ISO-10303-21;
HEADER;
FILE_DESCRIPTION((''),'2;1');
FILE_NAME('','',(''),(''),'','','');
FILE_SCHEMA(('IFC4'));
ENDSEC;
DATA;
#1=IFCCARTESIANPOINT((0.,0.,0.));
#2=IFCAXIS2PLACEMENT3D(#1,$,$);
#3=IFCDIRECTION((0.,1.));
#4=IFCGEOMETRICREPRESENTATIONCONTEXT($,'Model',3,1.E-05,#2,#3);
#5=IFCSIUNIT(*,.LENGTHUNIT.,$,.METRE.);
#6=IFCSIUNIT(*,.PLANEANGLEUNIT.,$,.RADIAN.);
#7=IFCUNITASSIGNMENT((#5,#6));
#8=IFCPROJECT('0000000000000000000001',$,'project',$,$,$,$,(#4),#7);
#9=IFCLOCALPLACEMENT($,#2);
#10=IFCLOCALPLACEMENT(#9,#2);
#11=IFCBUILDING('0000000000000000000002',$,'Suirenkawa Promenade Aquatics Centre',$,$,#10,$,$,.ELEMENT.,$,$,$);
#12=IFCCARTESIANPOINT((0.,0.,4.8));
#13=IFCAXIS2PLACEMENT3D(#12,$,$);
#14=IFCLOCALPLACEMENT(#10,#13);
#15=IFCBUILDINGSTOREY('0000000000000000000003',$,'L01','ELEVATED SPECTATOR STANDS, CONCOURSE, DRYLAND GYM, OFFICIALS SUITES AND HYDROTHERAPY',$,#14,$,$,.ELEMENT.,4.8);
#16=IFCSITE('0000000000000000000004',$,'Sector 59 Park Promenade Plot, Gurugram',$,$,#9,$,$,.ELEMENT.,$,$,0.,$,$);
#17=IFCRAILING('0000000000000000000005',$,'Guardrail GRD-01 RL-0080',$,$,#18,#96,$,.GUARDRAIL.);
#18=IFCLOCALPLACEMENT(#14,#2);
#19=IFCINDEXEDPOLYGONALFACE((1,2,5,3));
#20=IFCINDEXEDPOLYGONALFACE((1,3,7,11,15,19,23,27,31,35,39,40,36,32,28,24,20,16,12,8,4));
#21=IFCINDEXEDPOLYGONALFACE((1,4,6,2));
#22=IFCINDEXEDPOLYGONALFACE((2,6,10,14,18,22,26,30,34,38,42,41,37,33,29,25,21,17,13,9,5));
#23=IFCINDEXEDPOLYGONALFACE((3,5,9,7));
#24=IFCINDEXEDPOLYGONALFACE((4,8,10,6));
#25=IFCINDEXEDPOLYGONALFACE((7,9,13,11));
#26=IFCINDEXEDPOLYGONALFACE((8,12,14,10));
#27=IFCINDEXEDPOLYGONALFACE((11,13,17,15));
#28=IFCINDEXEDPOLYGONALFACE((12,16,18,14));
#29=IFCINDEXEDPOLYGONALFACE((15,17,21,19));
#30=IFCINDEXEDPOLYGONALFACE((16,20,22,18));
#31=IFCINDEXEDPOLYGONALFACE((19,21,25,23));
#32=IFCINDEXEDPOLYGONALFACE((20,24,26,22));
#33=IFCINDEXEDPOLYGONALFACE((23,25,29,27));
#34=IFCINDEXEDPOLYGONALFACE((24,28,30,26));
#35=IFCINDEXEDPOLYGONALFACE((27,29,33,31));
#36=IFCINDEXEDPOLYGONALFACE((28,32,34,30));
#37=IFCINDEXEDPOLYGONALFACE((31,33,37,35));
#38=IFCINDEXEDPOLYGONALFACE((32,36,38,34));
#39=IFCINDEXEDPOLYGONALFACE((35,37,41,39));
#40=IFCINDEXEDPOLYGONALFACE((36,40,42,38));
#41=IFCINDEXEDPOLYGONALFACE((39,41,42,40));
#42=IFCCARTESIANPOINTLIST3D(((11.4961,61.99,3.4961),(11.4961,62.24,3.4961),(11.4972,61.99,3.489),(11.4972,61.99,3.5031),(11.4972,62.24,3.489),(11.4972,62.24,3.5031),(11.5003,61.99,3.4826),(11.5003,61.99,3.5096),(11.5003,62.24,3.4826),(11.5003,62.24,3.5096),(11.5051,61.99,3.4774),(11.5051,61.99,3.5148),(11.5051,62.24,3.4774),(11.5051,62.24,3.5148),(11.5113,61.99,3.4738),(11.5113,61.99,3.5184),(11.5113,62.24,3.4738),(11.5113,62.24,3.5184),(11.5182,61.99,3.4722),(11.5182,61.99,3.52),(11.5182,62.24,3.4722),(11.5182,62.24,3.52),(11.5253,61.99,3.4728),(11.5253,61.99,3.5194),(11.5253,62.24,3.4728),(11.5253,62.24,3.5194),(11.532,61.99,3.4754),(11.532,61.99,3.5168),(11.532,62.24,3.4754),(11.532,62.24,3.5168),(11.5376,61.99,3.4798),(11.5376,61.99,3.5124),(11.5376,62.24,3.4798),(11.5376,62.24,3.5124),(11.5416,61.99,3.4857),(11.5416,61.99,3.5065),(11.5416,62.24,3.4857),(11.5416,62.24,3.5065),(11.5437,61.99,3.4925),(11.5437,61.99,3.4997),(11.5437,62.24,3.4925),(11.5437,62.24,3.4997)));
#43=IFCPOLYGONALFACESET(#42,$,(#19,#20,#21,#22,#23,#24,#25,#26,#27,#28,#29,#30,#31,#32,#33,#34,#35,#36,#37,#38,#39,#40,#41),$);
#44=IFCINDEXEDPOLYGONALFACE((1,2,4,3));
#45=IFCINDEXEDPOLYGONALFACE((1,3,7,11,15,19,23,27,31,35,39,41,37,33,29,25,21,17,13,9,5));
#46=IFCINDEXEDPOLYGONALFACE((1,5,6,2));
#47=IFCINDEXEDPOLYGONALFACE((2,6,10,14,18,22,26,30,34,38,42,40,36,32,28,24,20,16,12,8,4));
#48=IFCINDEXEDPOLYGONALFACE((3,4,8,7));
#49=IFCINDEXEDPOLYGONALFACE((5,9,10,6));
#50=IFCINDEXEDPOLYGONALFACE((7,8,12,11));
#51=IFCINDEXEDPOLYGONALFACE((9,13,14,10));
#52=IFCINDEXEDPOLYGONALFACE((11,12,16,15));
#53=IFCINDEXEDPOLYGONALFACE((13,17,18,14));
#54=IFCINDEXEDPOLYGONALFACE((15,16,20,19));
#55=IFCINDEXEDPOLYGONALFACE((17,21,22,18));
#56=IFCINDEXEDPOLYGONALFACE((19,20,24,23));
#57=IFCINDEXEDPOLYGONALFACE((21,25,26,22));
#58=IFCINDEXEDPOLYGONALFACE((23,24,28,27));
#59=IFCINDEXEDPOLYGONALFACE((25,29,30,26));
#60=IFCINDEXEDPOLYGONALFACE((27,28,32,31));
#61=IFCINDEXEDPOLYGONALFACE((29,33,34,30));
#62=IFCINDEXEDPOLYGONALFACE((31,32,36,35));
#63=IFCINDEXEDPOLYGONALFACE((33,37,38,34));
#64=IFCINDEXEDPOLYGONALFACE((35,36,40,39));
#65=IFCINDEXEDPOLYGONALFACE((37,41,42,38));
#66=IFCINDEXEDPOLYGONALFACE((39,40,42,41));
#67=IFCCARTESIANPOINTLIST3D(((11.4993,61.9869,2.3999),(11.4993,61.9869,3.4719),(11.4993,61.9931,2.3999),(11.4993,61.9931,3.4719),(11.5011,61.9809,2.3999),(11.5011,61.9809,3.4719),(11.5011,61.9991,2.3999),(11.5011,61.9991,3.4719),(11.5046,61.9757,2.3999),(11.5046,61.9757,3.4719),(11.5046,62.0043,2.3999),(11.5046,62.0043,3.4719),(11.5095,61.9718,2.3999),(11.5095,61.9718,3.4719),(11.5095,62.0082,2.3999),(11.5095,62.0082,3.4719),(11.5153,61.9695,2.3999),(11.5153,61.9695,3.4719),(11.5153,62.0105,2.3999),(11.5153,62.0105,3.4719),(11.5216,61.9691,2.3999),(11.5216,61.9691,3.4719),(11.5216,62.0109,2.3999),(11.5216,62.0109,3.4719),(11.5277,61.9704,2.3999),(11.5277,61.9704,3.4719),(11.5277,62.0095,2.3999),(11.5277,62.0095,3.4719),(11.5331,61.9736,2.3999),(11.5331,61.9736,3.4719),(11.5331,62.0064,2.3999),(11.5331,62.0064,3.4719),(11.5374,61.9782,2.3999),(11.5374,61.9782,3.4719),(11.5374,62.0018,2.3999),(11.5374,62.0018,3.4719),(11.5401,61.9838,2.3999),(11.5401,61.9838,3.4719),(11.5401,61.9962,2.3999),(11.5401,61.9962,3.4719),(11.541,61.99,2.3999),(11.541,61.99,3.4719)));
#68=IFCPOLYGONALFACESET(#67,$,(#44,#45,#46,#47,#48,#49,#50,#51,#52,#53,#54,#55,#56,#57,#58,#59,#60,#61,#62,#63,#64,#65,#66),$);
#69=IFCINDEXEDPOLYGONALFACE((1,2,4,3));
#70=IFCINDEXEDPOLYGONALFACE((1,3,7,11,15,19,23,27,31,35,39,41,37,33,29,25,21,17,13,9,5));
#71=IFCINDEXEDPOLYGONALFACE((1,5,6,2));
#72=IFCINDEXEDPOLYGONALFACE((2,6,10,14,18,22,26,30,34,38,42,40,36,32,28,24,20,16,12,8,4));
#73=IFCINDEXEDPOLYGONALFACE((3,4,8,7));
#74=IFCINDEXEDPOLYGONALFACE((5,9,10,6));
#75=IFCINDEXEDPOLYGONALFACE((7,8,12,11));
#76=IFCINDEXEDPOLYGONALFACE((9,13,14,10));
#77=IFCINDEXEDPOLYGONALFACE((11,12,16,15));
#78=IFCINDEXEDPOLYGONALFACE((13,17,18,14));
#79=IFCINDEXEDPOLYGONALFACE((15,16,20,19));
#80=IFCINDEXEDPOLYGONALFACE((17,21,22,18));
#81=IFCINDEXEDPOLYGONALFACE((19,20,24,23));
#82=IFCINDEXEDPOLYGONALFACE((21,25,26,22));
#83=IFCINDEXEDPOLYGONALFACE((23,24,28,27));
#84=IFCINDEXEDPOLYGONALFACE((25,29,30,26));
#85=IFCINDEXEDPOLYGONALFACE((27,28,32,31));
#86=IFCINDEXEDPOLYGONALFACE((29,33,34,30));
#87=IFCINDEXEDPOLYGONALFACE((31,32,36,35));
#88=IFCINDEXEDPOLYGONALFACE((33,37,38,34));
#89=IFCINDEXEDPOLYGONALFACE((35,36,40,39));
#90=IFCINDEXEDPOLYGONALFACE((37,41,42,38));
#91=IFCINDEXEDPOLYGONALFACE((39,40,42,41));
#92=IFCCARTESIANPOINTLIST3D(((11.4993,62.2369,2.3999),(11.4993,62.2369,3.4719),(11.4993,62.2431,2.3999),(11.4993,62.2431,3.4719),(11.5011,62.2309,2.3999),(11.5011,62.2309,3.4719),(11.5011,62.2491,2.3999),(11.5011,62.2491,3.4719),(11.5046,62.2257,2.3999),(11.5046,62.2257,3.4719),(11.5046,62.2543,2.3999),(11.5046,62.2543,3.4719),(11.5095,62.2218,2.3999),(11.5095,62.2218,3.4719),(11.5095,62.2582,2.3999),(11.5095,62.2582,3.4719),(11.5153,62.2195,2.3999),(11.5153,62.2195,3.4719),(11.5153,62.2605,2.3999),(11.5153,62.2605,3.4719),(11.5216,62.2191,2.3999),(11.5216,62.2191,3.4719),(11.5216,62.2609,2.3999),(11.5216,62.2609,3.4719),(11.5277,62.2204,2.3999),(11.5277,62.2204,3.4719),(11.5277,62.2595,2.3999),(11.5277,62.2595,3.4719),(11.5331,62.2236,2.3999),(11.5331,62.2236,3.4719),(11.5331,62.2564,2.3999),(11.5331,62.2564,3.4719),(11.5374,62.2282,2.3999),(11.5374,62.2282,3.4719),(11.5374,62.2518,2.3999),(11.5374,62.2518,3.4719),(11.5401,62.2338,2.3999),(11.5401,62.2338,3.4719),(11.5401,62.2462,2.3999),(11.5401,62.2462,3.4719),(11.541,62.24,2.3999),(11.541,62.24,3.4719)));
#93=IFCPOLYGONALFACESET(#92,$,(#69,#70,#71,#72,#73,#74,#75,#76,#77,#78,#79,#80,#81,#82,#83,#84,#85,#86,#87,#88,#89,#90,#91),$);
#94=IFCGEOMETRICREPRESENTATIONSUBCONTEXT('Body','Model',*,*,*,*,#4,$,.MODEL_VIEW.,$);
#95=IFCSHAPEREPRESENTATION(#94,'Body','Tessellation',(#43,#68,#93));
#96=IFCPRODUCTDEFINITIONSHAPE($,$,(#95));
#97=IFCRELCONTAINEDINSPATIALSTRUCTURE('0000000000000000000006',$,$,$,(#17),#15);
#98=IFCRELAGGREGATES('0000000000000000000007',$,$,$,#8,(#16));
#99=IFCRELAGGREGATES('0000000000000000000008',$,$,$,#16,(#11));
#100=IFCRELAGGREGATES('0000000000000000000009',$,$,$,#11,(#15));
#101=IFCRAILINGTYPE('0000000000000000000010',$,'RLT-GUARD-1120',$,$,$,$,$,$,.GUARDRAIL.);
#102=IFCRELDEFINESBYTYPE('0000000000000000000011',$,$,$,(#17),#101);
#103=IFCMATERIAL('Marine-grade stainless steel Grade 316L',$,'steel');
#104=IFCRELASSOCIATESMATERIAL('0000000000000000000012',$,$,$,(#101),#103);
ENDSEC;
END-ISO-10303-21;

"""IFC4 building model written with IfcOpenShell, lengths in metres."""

from ifc_helpers import new_model, si_unit, direction, frame, origin, origin_2d, place, context, subcontext, project, spatial, circle, extrude, material, type_object, element, save


model = new_model("IFC4")

# Units and contexts
model_context = context("Model", 3, precision=1e-05, world=origin(), true_north=direction((0.0, 1.0)))
body_context = subcontext(model_context, "Body", "Model", "MODEL_VIEW")
ifc_project = project(units=[si_unit("LENGTHUNIT", "METRE"), si_unit("PLANEANGLEUNIT", "RADIAN")], contexts=[model_context])

# Site, building, storey
site_placement = place(None, origin())
site = spatial("IfcSite", under=ifc_project, at=site_placement, Name="Sector 59 Park Promenade Plot, Gurugram", CompositionType="ELEMENT", RefElevation=0.0)
building_placement = place(site_placement, origin())
building = spatial("IfcBuilding", under=site, at=building_placement, Name="Suirenkawa Promenade Aquatics Centre", CompositionType="ELEMENT")
storey_placement = place(building_placement, frame((0.0, 0.0, 4.8)))
storey = spatial("IfcBuildingStorey", under=building, at=storey_placement, Name="L01", Description="ELEVATED SPECTATOR STANDS, CONCOURSE, DRYLAND GYM, OFFICIALS SUITES AND HYDROTHERAPY", CompositionType="ELEMENT", Elevation=4.8)

# Shared definitions
ifc_material_1 = material(Name="Marine-grade stainless steel Grade 316L", Category="steel")

# Railing
railing_type_1 = type_object("IfcRailingType", Name="RLT-GUARD-1120", PredefinedType="GUARDRAIL", material=ifc_material_1)
railing_1_placement = place(storey_placement, frame((11.52, 61.99, 2.3999)))
element("IfcRailing", 1, at=railing_1_placement, inside=storey, type_object=railing_type_1, Name="Guardrail GRD-01 RL-0080", PredefinedType="GUARDRAIL", context=body_context, shape_type="SweptSolid", body=[
    extrude(circle(Radius=0.0239, at=origin_2d()), frame((0.0, 0.0, 1.0962), z_axis=(0.0, 1.0, 0.0), x_axis=(-1.0, 0.0, 0.0)), (0.0, 0.0, 1.0), 0.25),
    extrude(circle(Radius=0.021, at=origin_2d()), origin(), (0.0, 0.0, 1.0), 1.072),
    extrude(circle(Radius=0.021, at=origin_2d()), frame((0.0, 0.25, 0.0)), (0.0, 0.0, 1.0), 1.072),
])

save(model, "model.ifc")
